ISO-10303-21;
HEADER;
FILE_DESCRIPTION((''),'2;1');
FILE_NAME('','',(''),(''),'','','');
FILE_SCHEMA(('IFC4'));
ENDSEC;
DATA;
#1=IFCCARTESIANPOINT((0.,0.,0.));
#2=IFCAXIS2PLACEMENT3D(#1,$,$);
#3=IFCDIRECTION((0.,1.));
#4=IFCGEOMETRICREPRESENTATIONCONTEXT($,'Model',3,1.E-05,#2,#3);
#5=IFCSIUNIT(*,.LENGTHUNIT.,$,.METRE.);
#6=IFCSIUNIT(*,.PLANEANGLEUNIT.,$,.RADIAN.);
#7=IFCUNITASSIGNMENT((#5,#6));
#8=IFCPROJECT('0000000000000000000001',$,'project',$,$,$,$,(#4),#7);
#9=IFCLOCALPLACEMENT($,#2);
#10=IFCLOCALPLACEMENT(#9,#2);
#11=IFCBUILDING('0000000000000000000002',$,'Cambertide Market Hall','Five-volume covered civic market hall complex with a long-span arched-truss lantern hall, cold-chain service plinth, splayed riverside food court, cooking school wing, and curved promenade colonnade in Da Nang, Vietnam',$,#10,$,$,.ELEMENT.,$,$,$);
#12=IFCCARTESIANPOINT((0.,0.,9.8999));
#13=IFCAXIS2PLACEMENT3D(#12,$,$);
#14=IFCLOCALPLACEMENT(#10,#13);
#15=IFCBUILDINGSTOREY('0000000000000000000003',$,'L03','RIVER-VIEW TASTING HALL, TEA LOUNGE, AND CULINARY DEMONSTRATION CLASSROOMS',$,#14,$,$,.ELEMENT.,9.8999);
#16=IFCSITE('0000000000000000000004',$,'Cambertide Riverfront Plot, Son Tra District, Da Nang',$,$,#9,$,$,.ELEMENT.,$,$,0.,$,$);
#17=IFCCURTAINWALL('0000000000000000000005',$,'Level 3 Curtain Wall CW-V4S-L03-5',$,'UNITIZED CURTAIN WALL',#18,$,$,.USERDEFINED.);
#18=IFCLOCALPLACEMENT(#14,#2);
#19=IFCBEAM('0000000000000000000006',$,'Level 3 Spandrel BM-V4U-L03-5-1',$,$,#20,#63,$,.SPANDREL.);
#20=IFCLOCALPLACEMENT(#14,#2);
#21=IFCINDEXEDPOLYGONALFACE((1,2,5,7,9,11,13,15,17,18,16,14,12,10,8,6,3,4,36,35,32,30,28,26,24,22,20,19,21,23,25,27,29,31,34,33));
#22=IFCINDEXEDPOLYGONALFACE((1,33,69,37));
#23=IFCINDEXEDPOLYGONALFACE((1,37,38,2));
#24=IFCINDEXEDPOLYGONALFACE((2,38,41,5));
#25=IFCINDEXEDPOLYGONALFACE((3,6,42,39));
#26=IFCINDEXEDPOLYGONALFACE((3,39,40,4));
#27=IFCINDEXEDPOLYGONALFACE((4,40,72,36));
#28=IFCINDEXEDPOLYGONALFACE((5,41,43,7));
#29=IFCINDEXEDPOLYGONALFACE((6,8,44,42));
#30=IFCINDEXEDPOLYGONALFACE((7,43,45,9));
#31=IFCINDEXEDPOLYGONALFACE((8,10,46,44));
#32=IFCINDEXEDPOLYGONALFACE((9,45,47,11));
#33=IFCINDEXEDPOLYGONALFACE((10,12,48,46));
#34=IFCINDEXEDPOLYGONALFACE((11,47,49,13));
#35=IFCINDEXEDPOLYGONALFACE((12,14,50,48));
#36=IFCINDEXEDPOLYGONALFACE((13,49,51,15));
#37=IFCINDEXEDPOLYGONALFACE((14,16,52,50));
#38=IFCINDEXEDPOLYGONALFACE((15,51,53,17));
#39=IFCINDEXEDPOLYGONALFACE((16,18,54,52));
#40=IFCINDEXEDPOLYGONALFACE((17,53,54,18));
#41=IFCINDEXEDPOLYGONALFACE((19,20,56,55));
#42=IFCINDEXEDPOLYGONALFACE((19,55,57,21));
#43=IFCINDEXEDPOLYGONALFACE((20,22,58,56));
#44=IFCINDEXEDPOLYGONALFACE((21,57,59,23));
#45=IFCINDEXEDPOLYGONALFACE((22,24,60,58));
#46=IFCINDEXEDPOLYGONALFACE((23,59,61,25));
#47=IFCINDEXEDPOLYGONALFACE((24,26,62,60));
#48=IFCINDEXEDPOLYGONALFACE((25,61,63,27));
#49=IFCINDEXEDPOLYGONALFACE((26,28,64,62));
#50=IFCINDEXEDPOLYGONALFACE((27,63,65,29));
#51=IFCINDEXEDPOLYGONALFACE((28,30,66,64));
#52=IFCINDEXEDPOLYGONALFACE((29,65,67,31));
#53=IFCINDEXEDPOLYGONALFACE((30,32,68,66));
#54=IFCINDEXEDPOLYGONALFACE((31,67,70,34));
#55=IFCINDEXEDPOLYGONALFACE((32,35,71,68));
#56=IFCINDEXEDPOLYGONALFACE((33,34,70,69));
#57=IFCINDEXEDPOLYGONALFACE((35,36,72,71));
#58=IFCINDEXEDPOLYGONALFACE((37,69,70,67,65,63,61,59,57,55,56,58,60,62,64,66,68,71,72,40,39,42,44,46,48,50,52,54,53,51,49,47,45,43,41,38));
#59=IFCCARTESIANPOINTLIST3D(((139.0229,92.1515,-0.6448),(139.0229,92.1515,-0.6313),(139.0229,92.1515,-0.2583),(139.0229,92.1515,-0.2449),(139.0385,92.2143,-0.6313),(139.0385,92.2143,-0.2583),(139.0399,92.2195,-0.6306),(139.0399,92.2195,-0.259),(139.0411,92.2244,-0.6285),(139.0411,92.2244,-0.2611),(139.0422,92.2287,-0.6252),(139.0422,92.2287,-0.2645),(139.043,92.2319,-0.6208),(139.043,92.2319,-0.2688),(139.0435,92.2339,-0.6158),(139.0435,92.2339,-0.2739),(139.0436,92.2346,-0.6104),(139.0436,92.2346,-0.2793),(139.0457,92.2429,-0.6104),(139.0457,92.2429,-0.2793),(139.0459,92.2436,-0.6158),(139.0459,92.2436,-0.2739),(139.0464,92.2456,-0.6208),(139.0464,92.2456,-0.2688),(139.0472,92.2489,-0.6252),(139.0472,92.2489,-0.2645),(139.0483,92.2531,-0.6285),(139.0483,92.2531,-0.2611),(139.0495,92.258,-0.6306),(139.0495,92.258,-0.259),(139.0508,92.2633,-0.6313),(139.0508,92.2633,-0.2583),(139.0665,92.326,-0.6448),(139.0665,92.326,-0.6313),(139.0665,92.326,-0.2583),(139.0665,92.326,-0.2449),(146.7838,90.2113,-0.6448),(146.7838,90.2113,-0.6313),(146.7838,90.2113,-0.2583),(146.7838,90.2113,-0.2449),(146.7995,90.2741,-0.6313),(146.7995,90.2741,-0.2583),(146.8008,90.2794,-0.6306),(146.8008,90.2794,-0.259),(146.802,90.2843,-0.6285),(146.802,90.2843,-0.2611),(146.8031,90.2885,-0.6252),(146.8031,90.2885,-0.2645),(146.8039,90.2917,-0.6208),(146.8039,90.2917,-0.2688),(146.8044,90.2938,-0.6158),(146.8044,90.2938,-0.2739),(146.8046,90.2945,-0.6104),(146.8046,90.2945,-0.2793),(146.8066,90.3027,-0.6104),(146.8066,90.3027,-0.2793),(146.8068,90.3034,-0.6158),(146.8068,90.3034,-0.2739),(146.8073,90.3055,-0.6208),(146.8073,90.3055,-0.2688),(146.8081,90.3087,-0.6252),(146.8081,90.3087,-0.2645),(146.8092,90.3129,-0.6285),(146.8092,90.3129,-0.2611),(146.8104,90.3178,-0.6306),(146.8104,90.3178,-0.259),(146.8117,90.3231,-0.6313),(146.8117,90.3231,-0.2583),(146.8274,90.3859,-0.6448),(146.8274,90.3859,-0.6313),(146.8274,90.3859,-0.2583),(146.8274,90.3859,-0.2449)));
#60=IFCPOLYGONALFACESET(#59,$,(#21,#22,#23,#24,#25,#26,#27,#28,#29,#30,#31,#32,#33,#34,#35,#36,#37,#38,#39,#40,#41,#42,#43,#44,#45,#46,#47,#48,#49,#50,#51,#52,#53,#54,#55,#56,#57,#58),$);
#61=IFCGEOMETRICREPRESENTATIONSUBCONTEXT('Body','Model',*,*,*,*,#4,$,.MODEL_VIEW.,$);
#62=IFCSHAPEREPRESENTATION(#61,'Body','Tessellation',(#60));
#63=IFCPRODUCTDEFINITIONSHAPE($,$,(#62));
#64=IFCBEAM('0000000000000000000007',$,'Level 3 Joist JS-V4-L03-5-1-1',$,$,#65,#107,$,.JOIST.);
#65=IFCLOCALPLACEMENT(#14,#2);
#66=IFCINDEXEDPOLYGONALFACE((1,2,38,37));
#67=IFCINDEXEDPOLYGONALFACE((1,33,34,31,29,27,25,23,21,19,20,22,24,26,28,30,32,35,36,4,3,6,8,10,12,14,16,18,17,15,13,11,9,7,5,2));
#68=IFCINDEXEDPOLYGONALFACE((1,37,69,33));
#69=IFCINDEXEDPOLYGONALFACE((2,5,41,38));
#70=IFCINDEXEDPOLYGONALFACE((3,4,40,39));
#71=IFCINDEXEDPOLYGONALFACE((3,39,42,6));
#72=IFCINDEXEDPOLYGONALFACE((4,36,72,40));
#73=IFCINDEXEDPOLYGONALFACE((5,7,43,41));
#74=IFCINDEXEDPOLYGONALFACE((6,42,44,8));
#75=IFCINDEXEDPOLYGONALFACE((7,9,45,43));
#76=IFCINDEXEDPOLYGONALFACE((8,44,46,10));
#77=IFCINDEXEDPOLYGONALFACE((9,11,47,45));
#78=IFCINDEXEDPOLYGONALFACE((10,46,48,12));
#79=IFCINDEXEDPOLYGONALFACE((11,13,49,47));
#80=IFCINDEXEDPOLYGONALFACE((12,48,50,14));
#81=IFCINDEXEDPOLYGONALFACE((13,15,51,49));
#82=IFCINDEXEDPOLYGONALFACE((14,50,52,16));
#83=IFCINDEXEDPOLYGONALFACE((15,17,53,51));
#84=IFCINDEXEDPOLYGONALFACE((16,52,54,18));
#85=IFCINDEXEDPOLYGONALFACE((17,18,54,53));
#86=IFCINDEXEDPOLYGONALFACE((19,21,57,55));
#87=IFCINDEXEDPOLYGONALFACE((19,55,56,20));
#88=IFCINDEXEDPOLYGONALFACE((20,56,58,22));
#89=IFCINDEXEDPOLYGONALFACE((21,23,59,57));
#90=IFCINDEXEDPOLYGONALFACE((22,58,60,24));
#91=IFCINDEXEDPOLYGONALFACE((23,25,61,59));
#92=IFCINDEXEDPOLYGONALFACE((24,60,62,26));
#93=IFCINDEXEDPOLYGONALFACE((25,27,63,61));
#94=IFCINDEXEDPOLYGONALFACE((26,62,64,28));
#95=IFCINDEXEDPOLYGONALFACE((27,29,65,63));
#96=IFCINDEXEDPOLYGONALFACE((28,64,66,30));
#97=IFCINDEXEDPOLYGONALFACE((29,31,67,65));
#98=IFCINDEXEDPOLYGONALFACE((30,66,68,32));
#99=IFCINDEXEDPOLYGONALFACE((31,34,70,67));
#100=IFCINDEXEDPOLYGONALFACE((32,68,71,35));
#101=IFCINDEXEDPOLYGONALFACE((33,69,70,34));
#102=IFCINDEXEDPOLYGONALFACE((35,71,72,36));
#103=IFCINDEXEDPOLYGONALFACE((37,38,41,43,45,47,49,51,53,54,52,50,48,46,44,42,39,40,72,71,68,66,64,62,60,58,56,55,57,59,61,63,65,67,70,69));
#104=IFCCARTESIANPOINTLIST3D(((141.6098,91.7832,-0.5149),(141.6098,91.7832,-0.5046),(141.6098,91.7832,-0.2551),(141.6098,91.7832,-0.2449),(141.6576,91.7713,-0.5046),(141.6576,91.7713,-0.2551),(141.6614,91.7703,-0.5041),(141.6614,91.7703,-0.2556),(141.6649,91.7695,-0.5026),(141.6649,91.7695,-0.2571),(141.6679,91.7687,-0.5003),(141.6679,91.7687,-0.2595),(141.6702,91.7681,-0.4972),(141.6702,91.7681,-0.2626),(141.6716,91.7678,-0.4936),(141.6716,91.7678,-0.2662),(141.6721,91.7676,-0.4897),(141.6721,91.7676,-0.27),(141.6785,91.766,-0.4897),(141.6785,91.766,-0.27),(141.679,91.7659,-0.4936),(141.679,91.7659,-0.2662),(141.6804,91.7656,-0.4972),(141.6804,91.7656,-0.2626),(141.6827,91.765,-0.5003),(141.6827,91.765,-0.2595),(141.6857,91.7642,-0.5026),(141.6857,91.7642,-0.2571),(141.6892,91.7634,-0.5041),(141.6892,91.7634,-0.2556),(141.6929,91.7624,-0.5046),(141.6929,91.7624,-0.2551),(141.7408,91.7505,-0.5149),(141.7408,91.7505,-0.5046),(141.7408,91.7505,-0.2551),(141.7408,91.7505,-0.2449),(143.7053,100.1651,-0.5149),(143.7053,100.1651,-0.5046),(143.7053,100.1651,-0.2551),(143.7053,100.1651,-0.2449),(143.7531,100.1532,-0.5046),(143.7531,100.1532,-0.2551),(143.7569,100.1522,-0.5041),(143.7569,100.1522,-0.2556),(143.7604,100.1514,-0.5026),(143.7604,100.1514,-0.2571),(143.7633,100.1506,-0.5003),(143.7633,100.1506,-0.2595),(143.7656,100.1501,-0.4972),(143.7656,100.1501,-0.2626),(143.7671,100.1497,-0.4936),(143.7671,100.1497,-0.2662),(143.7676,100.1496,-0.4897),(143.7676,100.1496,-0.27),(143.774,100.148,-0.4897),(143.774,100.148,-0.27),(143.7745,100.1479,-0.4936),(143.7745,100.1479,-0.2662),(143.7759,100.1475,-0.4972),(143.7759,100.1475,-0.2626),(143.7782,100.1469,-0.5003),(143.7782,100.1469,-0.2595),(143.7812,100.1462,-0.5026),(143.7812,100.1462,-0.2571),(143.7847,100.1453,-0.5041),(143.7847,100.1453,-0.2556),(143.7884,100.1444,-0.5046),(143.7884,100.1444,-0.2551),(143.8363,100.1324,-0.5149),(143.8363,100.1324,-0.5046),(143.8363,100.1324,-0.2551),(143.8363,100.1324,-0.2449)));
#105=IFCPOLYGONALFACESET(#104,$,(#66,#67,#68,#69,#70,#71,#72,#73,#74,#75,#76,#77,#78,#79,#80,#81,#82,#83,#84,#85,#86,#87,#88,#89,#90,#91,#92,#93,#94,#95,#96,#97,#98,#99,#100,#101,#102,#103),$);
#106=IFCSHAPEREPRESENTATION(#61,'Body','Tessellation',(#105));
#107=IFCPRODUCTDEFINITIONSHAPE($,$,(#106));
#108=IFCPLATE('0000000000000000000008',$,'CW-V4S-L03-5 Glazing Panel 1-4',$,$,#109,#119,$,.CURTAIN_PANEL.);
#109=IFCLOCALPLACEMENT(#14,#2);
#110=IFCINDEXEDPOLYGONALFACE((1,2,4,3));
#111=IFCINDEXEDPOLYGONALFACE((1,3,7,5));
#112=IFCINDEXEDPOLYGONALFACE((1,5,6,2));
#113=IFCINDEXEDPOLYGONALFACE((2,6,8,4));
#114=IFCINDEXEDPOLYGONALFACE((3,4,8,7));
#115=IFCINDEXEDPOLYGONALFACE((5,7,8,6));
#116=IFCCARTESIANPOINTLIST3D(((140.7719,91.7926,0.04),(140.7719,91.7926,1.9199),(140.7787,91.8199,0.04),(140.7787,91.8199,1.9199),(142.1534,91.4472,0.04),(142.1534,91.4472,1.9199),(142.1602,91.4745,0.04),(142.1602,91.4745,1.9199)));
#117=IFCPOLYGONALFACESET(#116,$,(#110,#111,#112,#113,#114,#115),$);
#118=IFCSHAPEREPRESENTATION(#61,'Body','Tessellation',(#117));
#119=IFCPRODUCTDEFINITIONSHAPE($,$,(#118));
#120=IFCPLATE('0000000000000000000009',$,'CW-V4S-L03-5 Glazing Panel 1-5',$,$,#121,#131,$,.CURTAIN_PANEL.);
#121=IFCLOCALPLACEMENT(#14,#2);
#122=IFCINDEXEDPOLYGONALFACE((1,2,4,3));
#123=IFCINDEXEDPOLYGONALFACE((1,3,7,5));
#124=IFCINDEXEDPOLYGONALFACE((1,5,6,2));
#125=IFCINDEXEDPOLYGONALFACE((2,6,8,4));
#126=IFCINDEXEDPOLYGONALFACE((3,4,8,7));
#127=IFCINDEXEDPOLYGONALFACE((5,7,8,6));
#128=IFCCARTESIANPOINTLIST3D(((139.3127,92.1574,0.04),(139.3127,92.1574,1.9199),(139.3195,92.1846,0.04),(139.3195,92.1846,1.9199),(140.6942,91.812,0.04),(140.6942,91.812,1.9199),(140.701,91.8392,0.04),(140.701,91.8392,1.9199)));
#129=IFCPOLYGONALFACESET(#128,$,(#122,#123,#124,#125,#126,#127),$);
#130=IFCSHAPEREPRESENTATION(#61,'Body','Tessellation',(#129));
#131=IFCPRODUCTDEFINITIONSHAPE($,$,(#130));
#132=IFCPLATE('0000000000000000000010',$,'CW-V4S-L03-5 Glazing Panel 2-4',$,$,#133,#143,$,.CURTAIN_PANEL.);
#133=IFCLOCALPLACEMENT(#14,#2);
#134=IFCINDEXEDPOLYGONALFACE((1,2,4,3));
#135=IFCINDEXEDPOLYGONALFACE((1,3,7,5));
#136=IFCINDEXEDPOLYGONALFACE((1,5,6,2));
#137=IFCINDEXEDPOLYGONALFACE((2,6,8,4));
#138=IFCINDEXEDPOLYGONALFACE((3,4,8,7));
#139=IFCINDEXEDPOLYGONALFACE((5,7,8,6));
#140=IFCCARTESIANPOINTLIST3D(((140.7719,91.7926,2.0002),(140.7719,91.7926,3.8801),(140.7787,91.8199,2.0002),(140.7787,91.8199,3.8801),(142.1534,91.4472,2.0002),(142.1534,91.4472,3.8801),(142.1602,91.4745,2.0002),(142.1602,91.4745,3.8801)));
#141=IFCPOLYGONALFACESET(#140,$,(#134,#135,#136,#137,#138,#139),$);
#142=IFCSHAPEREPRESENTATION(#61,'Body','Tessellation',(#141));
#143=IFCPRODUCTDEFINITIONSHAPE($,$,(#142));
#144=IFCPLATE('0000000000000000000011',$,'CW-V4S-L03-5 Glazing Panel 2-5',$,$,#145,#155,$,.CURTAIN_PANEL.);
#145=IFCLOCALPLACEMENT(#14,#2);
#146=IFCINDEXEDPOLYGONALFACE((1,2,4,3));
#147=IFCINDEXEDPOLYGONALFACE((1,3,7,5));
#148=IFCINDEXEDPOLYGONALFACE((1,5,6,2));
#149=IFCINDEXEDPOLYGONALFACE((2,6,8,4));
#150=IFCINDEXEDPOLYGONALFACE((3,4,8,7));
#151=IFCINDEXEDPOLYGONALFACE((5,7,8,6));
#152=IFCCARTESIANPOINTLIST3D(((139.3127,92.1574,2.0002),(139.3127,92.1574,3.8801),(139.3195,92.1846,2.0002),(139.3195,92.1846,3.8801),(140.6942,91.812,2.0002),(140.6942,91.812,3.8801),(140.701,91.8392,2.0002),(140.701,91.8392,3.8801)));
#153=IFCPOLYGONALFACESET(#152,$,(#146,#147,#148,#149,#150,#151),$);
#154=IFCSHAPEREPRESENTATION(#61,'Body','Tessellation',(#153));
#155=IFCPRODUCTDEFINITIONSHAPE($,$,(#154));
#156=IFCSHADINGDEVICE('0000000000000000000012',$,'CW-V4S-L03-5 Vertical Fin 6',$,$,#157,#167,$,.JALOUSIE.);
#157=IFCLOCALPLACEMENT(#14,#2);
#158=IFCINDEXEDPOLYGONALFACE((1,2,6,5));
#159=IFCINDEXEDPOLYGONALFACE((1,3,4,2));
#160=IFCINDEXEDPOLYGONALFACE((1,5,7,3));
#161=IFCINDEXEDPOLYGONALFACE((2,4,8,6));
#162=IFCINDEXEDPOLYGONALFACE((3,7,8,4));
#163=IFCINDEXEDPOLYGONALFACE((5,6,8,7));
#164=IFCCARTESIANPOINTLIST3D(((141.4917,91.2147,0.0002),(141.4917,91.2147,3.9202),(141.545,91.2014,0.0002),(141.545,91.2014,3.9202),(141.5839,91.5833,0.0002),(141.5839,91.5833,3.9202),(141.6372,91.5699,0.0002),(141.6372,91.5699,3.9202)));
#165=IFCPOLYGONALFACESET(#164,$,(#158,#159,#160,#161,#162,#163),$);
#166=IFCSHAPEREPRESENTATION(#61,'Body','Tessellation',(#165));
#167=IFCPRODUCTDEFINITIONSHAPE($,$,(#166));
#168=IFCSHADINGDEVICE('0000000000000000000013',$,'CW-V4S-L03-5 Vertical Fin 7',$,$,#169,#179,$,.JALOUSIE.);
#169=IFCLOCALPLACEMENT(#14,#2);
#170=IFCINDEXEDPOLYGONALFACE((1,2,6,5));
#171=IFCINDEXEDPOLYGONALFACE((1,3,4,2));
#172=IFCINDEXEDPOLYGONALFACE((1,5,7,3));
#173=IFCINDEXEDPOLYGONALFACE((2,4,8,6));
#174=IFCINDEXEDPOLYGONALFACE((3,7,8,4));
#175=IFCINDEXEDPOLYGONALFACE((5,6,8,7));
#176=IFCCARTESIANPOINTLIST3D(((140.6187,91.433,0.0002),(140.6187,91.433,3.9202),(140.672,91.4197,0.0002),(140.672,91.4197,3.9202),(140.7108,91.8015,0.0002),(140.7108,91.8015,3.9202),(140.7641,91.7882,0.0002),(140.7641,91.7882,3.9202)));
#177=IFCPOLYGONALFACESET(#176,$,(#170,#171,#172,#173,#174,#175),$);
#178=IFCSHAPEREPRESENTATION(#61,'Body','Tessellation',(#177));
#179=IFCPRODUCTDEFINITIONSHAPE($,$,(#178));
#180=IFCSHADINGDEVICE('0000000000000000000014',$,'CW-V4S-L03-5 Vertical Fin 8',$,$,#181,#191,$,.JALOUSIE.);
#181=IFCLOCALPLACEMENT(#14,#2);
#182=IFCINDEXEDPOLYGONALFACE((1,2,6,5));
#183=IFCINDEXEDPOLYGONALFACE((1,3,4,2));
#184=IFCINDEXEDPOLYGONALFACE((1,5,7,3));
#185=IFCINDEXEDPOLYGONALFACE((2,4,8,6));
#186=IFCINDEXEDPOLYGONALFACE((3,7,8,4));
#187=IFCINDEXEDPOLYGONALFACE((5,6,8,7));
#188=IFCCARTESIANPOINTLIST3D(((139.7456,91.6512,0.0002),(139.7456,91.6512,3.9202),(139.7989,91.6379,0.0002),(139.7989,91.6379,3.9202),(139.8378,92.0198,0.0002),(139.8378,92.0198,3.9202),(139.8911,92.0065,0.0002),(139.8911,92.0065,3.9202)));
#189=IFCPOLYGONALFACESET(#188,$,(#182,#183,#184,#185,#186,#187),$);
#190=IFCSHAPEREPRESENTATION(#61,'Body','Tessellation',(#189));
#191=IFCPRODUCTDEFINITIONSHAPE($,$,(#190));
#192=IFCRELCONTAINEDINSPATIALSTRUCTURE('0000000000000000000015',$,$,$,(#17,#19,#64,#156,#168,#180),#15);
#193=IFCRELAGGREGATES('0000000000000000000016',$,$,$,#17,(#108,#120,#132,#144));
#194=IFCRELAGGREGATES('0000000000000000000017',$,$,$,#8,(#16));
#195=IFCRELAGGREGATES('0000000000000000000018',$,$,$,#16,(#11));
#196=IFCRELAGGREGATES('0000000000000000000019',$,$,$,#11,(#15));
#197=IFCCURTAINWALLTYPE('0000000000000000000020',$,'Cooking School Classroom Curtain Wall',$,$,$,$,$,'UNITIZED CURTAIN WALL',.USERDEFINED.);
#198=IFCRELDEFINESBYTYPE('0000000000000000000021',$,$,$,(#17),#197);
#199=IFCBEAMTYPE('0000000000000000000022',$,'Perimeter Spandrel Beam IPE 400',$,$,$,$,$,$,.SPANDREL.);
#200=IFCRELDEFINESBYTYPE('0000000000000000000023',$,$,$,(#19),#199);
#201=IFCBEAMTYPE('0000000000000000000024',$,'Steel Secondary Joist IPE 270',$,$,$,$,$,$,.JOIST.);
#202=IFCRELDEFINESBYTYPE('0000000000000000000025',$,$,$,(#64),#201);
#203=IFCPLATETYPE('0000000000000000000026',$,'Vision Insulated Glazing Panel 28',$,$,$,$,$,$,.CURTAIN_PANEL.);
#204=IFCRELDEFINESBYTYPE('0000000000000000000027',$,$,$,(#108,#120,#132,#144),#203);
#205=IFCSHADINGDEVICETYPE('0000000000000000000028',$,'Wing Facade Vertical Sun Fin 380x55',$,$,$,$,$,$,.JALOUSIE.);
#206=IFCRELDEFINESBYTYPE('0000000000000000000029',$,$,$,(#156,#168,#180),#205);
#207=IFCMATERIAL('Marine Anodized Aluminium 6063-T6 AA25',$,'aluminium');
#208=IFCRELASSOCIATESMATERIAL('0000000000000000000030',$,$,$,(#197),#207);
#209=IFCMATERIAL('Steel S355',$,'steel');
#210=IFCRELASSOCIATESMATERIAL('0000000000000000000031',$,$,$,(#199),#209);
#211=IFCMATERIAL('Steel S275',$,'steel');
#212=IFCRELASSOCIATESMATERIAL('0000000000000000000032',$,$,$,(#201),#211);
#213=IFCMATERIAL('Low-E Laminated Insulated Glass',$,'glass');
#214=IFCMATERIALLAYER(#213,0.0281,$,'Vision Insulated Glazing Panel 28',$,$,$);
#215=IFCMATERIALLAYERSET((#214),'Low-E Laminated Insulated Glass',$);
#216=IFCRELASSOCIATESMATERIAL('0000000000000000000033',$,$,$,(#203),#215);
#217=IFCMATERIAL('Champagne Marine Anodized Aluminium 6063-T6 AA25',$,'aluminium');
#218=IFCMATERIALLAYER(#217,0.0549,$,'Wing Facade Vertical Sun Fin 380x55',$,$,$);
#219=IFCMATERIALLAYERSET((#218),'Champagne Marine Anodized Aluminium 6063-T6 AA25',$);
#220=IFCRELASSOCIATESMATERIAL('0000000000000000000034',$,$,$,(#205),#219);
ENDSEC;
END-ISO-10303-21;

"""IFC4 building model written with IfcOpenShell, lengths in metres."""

from ifc_helpers import new_model, si_unit, direction, frame, origin, origin_2d, place, context, subcontext, project, spatial, rectangle, i_section, extrude, material, layer, layer_set, material_profile, profile_set, type_object, element, aggregate, save


model = new_model("IFC4")

# Units and contexts
model_context = context("Model", 3, precision=1e-05, world=origin(), true_north=direction((0.0, 1.0)))
body_context = subcontext(model_context, "Body", "Model", "MODEL_VIEW")
ifc_project = project(units=[si_unit("LENGTHUNIT", "METRE"), si_unit("PLANEANGLEUNIT", "RADIAN")], contexts=[model_context])

# Site, building, storey
site_placement = place(None, origin())
site = spatial("IfcSite", under=ifc_project, at=site_placement, Name="Cambertide Riverfront Plot, Son Tra District, Da Nang", CompositionType="ELEMENT", RefElevation=0.0)
building_placement = place(site_placement, origin())
building = spatial("IfcBuilding", under=site, at=building_placement, Name="Cambertide Market Hall", Description="Five-volume covered civic market hall complex with a long-span arched-truss lantern hall, cold-chain service plinth, splayed riverside food court, cooking school wing, and curved promenade colonnade in Da Nang, Vietnam", CompositionType="ELEMENT")
storey_placement = place(building_placement, frame((0.0, 0.0, 9.8999)))
storey = spatial("IfcBuildingStorey", under=building, at=storey_placement, Name="L03", Description="RIVER-VIEW TASTING HALL, TEA LOUNGE, AND CULINARY DEMONSTRATION CLASSROOMS", CompositionType="ELEMENT", Elevation=9.8999)

# Curtain wall
ifc_material_1 = material(Name="Marine Anodized Aluminium 6063-T6 AA25", Category="aluminium")
curtain_wall_type = type_object("IfcCurtainWallType", Name="Cooking School Classroom Curtain Wall", ElementType="UNITIZED CURTAIN WALL", PredefinedType="USERDEFINED", material=ifc_material_1)
curtain_wall_placement = place(storey_placement, origin())
curtain_wall = element("IfcCurtainWall", 1, at=curtain_wall_placement, inside=storey, type_object=curtain_wall_type, Name="Level 3 Curtain Wall CW-V4S-L03-5", ObjectType="UNITIZED CURTAIN WALL", PredefinedType="USERDEFINED")

# Beams
ifc_material_2 = material(Name="Steel S355", Category="steel")
ifc_material_profile_1 = material_profile(ifc_material_2, i_section(OverallWidth=0.1799, OverallDepth=0.3999, WebThickness=0.0085, FlangeThickness=0.0134, FilletRadius=0.021, at=origin_2d()), Name="IPE 400")
ifc_profile_set_1 = profile_set([ifc_material_profile_1], Name="Steel S355")
beam_type_1 = type_object("IfcBeamType", Name="Perimeter Spandrel Beam IPE 400", PredefinedType="SPANDREL", material=ifc_profile_set_1)
beam_1_placement = place(storey_placement, frame((139.0447, 92.2388, -0.4448), z_axis=(0.970144, -0.242528, 0.0), x_axis=(0.242528, 0.970144, 0.0)))
element("IfcBeam", 2, at=beam_1_placement, inside=storey, type_object=beam_type_1, Name="Level 3 Spandrel BM-V4U-L03-5-1", PredefinedType="SPANDREL", context=body_context, shape_type="SweptSolid", body=[
    extrude(i_section(OverallWidth=0.1799, OverallDepth=0.3999, WebThickness=0.0085, FlangeThickness=0.0134, FilletRadius=0.021, at=origin_2d()), origin(), (0.0, 0.0, 1.0), 7.9998),
])
ifc_material_3 = material(Name="Steel S275", Category="steel")
ifc_material_profile_2 = material_profile(ifc_material_3, i_section(OverallWidth=0.135, OverallDepth=0.27, WebThickness=0.0066, FlangeThickness=0.0103, FilletRadius=0.0149, at=origin_2d()), Name="IPE 270")
ifc_profile_set_2 = profile_set([ifc_material_profile_2], Name="Steel S275")
beam_type_2 = type_object("IfcBeamType", Name="Steel Secondary Joist IPE 270", PredefinedType="JOIST", material=ifc_profile_set_2)
beam_2_placement = place(storey_placement, frame((141.6753, 91.7668, -0.3799), z_axis=(0.242536, 0.970143, 0.0), x_axis=(-0.970143, 0.242536, 0.0)))
element("IfcBeam", 3, at=beam_2_placement, inside=storey, type_object=beam_type_2, Name="Level 3 Joist JS-V4-L03-5-1-1", PredefinedType="JOIST", context=body_context, shape_type="SweptSolid", body=[
    extrude(i_section(OverallWidth=0.135, OverallDepth=0.27, WebThickness=0.0066, FlangeThickness=0.0103, FilletRadius=0.0149, at=origin_2d()), origin(), (0.0, 0.0, 1.0), 8.6399),
])

# Plates
ifc_material_4 = material(Name="Low-E Laminated Insulated Glass", Category="glass")
ifc_layer_1 = layer(ifc_material_4, 0.0281, Name="Vision Insulated Glazing Panel 28")
ifc_layer_set_1 = layer_set([ifc_layer_1], Name="Low-E Laminated Insulated Glass")
plate_type = type_object("IfcPlateType", Name="Vision Insulated Glazing Panel 28", PredefinedType="CURTAIN_PANEL", material=ifc_layer_set_1)
plate_1_placement = place(storey_placement, frame((141.4661, 91.6335, 0.04), z_axis=(0.0, 0.0, 1.0), x_axis=(-0.970143, 0.242535, 0.0)))
plate_1 = element("IfcPlate", 4, at=plate_1_placement, type_object=plate_type, Name="CW-V4S-L03-5 Glazing Panel 1-4", PredefinedType="CURTAIN_PANEL", context=body_context, shape_type="SweptSolid", body=[
    extrude(rectangle(XDim=1.4241, YDim=0.0281, at=origin_2d()), origin(), (0.0, 0.0, 1.0), 1.8799),
])
plate_2_placement = place(storey_placement, frame((140.0068, 91.9983, 0.04), z_axis=(0.0, 0.0, 1.0), x_axis=(-0.970143, 0.242535, 0.0)))
plate_2 = element("IfcPlate", 5, at=plate_2_placement, type_object=plate_type, Name="CW-V4S-L03-5 Glazing Panel 1-5", PredefinedType="CURTAIN_PANEL", context=body_context, shape_type="SweptSolid", body=[
    extrude(rectangle(XDim=1.4241, YDim=0.0281, at=origin_2d()), origin(), (0.0, 0.0, 1.0), 1.8799),
])
plate_3_placement = place(storey_placement, frame((141.4661, 91.6335, 2.0002), z_axis=(0.0, 0.0, 1.0), x_axis=(-0.970143, 0.242535, 0.0)))
plate_3 = element("IfcPlate", 6, at=plate_3_placement, type_object=plate_type, Name="CW-V4S-L03-5 Glazing Panel 2-4", PredefinedType="CURTAIN_PANEL", context=body_context, shape_type="SweptSolid", body=[
    extrude(rectangle(XDim=1.4241, YDim=0.0281, at=origin_2d()), origin(), (0.0, 0.0, 1.0), 1.8799),
])
plate_4_placement = place(storey_placement, frame((140.0068, 91.9983, 2.0002), z_axis=(0.0, 0.0, 1.0), x_axis=(-0.970143, 0.242535, 0.0)))
plate_4 = element("IfcPlate", 7, at=plate_4_placement, type_object=plate_type, Name="CW-V4S-L03-5 Glazing Panel 2-5", PredefinedType="CURTAIN_PANEL", context=body_context, shape_type="SweptSolid", body=[
    extrude(rectangle(XDim=1.4241, YDim=0.0281, at=origin_2d()), origin(), (0.0, 0.0, 1.0), 1.8799),
])
aggregate(curtain_wall, [plate_1, plate_2, plate_3, plate_4])

# Shading devices
ifc_material_5 = material(Name="Champagne Marine Anodized Aluminium 6063-T6 AA25", Category="aluminium")
ifc_layer_2 = layer(ifc_material_5, 0.0549, Name="Wing Facade Vertical Sun Fin 380x55")
ifc_layer_set_2 = layer_set([ifc_layer_2], Name="Champagne Marine Anodized Aluminium 6063-T6 AA25")
shading_device_type = type_object("IfcShadingDeviceType", Name="Wing Facade Vertical Sun Fin 380x55", PredefinedType="JALOUSIE", material=ifc_layer_set_2)
for number, where, z_axis, x_axis, name in (
    (8, (141.5645, 91.3923, 0.0002), (0.0, 0.0, 1.0), (-0.970143, 0.242535, 0.0), "CW-V4S-L03-5 Vertical Fin 6"),
    (9, (140.6914, 91.6106, 0.0002), (0.0, 0.0, 1.0), (-0.970143, 0.242535, 0.0), "CW-V4S-L03-5 Vertical Fin 7"),
    (10, (139.8184, 91.8289, 0.0002), (0.0, 0.0, 1.0), (-0.970143, 0.242535, 0.0), "CW-V4S-L03-5 Vertical Fin 8"),
):
    element("IfcShadingDevice", number, at=place(storey_placement, frame(where, z_axis=z_axis, x_axis=x_axis)), inside=storey, type_object=shading_device_type, Name=name, PredefinedType="JALOUSIE", context=body_context, shape_type="SweptSolid", body=[
        extrude(rectangle(XDim=0.0549, YDim=0.3799, at=origin_2d()), origin(), (0.0, 0.0, 1.0), 3.9199),
    ])

save(model, "model.ifc")
